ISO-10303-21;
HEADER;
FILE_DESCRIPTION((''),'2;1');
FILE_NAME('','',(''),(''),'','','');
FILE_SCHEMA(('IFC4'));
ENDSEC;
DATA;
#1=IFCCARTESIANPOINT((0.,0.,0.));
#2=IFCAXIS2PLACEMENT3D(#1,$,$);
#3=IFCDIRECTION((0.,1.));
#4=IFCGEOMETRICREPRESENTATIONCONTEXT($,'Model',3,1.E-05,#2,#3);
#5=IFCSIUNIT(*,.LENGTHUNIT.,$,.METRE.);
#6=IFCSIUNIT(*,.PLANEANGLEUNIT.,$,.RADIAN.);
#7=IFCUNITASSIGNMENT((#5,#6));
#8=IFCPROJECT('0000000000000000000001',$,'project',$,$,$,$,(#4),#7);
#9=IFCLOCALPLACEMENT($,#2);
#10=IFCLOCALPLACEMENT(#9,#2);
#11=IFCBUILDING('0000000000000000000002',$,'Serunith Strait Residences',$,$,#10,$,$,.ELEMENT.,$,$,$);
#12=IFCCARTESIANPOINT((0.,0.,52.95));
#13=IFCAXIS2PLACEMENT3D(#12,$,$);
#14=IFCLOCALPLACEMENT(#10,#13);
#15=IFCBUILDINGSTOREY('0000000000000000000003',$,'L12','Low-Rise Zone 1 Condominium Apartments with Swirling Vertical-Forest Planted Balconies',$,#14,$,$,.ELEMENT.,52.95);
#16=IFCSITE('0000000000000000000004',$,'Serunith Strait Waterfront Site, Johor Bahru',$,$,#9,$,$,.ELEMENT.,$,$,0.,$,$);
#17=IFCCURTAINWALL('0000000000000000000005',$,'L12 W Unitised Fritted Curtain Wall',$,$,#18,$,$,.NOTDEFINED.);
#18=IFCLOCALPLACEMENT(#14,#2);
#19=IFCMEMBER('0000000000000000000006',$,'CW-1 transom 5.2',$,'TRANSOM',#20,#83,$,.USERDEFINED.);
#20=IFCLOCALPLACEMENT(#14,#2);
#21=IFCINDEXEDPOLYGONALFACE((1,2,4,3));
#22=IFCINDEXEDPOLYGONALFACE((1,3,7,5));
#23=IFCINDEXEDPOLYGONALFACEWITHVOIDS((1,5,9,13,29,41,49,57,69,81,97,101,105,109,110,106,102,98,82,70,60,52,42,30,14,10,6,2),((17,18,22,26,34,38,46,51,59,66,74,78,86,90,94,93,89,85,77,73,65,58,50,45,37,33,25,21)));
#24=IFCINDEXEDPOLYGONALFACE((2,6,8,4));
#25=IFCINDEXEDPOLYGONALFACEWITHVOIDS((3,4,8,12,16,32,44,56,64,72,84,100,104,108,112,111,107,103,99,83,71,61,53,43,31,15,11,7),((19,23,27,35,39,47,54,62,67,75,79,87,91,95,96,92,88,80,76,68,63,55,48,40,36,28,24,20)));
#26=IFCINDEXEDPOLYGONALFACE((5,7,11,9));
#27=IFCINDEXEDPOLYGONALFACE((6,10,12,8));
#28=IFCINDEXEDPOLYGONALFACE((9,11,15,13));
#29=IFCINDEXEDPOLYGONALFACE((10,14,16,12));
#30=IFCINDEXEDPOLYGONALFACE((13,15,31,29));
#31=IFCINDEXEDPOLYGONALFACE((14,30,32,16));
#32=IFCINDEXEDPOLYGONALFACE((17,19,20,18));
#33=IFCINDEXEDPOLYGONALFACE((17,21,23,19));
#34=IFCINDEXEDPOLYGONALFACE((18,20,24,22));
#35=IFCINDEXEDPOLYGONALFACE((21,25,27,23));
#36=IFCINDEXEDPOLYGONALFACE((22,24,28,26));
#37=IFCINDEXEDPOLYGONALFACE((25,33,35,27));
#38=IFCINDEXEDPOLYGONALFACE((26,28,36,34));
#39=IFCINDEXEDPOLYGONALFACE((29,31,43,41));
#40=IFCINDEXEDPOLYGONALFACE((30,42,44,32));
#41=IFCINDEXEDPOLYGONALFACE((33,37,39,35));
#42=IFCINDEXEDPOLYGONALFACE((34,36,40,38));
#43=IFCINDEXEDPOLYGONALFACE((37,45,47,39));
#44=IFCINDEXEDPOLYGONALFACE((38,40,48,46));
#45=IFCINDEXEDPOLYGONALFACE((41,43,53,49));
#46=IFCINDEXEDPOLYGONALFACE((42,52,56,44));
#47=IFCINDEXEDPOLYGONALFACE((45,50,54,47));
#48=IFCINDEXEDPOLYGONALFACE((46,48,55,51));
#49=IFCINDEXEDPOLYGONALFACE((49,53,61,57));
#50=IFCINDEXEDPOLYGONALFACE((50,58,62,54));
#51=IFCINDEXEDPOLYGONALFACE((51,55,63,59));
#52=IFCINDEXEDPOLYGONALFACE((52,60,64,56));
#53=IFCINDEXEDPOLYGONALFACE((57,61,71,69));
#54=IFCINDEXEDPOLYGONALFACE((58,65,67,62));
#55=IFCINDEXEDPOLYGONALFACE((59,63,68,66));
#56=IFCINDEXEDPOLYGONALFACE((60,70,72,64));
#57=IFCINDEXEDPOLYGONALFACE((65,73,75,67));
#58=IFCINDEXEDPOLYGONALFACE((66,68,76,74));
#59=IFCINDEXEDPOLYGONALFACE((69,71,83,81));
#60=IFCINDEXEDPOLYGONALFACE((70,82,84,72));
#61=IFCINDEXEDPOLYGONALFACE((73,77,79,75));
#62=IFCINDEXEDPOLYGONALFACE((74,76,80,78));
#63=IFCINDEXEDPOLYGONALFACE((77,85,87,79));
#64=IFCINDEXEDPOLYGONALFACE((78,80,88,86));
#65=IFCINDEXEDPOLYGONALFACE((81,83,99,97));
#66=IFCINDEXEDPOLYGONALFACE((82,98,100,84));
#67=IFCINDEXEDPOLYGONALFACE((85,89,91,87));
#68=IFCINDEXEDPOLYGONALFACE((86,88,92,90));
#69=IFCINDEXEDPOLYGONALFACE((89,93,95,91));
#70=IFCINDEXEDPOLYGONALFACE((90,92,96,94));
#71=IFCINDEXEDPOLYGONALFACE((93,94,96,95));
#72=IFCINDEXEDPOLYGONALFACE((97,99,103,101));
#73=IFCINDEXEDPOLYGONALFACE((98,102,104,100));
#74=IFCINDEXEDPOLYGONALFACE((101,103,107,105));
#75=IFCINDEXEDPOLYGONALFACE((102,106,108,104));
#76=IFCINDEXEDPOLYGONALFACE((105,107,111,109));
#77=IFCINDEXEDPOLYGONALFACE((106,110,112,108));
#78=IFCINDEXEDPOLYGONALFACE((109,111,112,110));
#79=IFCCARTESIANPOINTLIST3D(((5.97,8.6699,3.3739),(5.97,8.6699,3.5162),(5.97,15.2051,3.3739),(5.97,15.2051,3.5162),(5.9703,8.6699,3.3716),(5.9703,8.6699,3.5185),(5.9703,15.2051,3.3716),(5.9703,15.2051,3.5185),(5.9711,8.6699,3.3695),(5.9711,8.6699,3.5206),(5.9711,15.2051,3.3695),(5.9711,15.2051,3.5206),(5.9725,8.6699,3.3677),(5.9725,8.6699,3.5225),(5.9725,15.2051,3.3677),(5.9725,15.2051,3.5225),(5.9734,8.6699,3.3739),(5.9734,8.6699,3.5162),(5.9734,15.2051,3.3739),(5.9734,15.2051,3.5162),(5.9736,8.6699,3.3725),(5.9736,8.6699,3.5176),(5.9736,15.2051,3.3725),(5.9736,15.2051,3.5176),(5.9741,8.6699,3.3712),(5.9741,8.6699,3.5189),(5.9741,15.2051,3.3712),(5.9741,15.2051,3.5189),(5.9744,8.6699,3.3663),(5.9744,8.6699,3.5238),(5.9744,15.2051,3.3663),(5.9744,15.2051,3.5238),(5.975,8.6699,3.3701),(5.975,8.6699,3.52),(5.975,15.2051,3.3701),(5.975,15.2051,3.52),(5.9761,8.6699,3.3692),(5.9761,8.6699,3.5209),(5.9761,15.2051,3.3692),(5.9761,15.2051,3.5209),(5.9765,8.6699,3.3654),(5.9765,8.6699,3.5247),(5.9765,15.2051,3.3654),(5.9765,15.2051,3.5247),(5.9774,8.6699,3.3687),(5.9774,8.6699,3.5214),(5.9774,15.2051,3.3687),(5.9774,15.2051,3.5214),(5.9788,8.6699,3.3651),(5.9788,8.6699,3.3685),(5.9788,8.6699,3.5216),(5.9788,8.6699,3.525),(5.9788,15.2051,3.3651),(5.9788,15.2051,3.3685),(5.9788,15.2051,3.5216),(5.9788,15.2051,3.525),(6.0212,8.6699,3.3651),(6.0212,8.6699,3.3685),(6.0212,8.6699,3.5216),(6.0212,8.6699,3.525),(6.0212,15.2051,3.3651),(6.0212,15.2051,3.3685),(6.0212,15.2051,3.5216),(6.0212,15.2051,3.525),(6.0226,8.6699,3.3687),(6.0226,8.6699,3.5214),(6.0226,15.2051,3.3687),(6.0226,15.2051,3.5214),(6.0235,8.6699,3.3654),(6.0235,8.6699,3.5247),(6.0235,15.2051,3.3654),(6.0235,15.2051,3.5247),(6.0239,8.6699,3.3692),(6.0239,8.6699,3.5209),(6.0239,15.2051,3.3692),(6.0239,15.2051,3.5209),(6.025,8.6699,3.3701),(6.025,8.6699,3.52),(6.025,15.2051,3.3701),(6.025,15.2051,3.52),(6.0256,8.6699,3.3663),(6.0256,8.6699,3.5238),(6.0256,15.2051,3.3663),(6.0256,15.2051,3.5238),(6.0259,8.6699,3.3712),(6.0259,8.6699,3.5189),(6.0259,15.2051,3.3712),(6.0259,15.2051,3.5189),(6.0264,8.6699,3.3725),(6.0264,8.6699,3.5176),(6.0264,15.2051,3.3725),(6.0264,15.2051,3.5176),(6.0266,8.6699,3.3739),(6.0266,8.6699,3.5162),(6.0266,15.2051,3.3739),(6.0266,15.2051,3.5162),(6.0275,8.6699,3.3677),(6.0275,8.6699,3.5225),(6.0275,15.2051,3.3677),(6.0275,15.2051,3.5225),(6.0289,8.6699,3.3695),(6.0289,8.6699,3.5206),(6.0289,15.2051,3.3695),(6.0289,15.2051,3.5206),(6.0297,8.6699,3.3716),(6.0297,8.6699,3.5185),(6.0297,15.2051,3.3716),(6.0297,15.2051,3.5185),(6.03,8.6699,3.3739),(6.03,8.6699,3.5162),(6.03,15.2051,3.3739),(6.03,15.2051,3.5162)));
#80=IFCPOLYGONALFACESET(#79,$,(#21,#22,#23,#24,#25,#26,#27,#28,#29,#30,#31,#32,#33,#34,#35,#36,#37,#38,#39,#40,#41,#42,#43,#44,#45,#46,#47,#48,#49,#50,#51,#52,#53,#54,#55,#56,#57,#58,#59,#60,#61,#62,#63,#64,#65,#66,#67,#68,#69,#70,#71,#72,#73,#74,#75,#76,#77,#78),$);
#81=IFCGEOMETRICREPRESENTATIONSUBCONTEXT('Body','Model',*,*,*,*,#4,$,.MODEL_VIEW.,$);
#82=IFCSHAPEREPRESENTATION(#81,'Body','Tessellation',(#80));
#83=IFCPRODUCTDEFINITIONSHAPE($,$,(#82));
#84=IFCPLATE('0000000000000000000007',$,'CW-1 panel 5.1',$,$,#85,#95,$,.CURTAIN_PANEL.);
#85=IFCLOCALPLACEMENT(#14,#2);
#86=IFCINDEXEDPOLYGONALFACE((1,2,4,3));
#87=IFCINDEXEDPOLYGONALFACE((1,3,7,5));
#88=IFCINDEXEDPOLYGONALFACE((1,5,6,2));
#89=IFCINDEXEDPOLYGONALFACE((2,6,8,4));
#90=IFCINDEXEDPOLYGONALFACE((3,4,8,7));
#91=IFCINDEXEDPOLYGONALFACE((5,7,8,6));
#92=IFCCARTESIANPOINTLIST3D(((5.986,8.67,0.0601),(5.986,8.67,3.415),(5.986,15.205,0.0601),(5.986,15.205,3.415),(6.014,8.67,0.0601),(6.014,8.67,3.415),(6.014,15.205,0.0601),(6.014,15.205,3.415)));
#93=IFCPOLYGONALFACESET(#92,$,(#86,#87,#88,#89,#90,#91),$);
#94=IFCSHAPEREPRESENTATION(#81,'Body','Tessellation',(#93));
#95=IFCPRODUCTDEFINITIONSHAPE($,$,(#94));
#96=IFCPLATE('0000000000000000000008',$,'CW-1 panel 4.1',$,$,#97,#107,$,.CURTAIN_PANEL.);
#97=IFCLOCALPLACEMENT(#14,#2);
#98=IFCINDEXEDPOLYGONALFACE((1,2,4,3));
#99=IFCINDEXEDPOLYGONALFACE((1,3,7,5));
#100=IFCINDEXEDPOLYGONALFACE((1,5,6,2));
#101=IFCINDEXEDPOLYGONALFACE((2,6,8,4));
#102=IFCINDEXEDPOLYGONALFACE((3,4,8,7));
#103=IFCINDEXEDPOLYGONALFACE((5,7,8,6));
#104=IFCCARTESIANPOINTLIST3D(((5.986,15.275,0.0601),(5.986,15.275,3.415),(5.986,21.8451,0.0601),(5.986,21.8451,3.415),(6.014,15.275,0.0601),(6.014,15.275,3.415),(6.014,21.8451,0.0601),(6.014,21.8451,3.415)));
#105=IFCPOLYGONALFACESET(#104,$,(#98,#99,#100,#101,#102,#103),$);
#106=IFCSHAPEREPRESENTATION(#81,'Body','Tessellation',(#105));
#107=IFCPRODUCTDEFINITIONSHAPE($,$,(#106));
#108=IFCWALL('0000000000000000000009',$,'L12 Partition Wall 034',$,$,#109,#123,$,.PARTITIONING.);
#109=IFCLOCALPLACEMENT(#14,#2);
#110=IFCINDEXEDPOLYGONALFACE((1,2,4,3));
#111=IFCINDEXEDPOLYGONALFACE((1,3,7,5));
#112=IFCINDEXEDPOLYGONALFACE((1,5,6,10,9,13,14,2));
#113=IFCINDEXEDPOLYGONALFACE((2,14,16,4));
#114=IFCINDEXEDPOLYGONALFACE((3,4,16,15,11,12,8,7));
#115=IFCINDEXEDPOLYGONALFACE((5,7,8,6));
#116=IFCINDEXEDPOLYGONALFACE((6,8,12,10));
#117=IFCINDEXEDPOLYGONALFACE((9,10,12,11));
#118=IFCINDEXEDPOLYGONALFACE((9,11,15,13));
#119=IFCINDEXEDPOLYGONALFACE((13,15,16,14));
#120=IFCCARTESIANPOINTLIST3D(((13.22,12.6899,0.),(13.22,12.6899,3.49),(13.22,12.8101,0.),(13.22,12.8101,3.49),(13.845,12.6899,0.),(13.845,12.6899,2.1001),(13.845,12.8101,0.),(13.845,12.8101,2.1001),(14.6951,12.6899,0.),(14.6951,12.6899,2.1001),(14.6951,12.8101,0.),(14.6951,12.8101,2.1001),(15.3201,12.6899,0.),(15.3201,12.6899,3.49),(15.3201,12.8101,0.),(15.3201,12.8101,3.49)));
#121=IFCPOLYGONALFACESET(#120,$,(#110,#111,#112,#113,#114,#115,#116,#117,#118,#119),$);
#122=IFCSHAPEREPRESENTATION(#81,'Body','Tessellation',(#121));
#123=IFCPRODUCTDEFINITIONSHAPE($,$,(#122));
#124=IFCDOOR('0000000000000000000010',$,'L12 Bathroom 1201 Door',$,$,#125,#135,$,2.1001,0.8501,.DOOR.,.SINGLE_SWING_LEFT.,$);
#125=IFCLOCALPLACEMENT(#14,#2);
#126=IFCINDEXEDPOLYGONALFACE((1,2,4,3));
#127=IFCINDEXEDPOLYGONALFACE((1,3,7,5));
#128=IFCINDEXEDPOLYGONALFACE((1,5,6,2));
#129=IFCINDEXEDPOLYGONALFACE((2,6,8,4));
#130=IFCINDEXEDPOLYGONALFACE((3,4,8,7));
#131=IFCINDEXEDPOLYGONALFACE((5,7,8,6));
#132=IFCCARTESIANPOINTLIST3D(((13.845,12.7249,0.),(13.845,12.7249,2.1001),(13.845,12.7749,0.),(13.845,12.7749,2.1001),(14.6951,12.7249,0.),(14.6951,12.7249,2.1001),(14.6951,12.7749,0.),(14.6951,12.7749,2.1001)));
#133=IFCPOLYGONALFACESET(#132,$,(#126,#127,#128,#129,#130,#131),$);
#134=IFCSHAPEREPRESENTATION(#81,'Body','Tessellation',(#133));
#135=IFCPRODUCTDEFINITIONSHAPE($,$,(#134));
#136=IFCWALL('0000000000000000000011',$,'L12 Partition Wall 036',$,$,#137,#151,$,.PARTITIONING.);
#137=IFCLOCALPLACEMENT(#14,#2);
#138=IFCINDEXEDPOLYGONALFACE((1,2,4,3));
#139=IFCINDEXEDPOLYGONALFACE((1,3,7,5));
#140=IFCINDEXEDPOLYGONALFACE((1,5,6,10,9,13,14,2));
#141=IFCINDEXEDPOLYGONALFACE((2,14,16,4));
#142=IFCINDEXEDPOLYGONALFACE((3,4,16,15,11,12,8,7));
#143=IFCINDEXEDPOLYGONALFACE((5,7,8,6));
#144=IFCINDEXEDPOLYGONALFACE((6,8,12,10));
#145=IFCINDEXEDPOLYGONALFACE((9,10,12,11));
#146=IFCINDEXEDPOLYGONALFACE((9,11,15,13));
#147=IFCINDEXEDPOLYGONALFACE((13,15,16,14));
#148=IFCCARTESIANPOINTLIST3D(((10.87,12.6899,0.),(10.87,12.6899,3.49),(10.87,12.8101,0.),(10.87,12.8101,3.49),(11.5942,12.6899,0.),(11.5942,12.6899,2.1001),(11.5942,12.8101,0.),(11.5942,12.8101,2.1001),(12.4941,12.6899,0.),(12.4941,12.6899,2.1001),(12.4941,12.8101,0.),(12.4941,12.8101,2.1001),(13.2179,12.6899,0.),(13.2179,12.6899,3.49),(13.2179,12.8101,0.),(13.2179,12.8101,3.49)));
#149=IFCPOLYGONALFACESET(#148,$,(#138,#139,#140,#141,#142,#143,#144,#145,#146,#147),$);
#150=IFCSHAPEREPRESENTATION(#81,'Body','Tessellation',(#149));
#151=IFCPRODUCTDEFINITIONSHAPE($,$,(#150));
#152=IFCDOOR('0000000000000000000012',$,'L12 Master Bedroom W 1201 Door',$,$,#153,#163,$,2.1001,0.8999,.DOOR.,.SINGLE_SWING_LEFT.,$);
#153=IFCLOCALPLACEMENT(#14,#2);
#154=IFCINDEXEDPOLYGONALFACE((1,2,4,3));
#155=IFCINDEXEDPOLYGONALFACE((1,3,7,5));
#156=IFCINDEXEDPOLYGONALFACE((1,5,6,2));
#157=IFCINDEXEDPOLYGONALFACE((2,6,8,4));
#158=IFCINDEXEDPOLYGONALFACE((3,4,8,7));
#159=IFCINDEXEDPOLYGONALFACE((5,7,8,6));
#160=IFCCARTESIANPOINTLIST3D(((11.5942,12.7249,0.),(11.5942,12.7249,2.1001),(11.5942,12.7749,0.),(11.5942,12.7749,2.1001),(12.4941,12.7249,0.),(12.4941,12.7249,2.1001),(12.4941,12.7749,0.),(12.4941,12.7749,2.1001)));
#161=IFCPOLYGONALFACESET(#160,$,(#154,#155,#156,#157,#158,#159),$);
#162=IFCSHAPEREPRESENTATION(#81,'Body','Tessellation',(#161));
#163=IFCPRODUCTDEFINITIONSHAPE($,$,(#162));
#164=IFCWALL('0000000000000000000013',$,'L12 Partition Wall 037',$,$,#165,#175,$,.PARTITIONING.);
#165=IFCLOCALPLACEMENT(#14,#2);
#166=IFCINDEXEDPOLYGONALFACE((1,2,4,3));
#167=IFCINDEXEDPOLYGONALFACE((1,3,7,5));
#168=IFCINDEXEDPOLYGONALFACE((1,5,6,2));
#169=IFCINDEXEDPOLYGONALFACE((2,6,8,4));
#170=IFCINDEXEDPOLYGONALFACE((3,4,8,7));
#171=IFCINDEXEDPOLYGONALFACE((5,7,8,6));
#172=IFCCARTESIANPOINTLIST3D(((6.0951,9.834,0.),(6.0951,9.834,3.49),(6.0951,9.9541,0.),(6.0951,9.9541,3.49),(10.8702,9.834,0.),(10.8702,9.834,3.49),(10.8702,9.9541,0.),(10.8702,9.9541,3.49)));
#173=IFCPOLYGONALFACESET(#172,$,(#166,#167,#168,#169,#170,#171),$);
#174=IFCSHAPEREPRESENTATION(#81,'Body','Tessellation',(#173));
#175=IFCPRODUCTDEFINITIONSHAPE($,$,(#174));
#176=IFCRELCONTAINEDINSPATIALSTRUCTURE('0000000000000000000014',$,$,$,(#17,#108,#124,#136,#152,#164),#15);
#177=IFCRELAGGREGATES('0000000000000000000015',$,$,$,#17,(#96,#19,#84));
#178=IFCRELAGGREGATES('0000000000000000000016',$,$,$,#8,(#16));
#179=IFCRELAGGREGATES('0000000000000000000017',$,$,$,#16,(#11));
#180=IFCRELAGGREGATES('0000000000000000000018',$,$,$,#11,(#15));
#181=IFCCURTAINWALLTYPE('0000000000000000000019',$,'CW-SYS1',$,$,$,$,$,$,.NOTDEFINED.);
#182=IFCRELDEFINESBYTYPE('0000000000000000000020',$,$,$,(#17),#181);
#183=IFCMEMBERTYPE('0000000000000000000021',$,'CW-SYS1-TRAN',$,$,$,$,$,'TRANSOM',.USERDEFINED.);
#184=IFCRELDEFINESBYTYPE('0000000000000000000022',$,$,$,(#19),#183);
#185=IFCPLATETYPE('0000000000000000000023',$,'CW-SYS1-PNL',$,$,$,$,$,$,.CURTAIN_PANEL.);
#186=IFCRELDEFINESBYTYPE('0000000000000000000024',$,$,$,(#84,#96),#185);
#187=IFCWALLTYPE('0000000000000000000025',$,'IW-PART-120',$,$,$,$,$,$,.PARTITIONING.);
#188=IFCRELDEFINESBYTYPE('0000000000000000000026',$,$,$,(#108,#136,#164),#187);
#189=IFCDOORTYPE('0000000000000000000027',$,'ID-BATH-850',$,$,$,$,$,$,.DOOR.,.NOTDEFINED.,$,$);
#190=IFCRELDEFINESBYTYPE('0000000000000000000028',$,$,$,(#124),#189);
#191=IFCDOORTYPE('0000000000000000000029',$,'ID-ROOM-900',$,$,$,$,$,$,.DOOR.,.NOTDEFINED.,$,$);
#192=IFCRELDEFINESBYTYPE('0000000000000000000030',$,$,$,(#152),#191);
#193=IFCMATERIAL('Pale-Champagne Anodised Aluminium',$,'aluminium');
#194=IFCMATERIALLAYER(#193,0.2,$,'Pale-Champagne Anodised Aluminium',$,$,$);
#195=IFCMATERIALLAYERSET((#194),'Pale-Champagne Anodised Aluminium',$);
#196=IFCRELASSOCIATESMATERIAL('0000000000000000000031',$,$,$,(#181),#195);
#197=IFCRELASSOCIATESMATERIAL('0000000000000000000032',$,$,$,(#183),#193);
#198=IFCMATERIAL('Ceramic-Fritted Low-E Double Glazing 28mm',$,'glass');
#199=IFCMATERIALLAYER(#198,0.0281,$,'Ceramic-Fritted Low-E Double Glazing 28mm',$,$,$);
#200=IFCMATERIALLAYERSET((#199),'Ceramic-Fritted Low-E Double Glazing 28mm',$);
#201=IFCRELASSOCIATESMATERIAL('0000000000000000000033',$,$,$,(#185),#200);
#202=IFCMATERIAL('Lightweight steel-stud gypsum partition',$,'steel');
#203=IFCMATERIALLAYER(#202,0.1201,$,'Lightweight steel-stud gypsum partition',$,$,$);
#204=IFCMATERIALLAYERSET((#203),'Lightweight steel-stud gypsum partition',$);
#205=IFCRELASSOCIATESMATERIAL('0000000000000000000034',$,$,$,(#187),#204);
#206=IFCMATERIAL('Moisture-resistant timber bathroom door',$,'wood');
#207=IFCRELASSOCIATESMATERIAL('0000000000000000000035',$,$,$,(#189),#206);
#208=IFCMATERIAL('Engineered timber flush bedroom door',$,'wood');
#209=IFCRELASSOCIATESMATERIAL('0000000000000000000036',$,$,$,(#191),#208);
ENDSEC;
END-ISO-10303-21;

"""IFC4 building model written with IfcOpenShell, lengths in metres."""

from ifc_helpers import new_model, si_unit, direction, frame, frame_2d, origin, origin_2d, place, context, subcontext, project, spatial, rectangle, hollow_rectangle, extrude, source, transform, mapped, material, layer, layer_set, material_profile, profile_set, type_object, element, fill, aggregate, save


model = new_model("IFC4")

# Units and contexts
model_context = context("Model", 3, precision=1e-05, world=origin(), true_north=direction((0.0, 1.0)))
body_context = subcontext(model_context, "Body", "Model", "MODEL_VIEW")
ifc_project = project(units=[si_unit("LENGTHUNIT", "METRE"), si_unit("PLANEANGLEUNIT", "RADIAN")], contexts=[model_context])

# Site, building, storey
site_placement = place(None, origin())
site = spatial("IfcSite", under=ifc_project, at=site_placement, Name="Serunith Strait Waterfront Site, Johor Bahru", CompositionType="ELEMENT", RefElevation=0.0)
building_placement = place(site_placement, origin())
building = spatial("IfcBuilding", under=site, at=building_placement, Name="Serunith Strait Residences", CompositionType="ELEMENT")
storey_placement = place(building_placement, frame((0.0, 0.0, 52.95)))
storey = spatial("IfcBuildingStorey", under=building, at=storey_placement, Name="L12", Description="Low-Rise Zone 1 Condominium Apartments with Swirling Vertical-Forest Planted Balconies", CompositionType="ELEMENT", Elevation=52.95)

# Curtain wall, member, plates
ifc_material_1 = material(Name="Pale-Champagne Anodised Aluminium", Category="aluminium")
ifc_layer_1 = layer(ifc_material_1, 0.2, Name="Pale-Champagne Anodised Aluminium")
ifc_layer_set_1 = layer_set([ifc_layer_1], Name="Pale-Champagne Anodised Aluminium")
curtain_wall_type = type_object("IfcCurtainWallType", Name="CW-SYS1", PredefinedType="NOTDEFINED", material=ifc_layer_set_1)
curtain_wall_placement = place(storey_placement, origin())
curtain_wall = element("IfcCurtainWall", 1, at=curtain_wall_placement, inside=storey, type_object=curtain_wall_type, Name="L12 W Unitised Fritted Curtain Wall", PredefinedType="NOTDEFINED")
ifc_material_profile_1 = material_profile(ifc_material_1, hollow_rectangle(XDim=0.0601, YDim=0.1599, WallThickness=0.0034, InnerFilletRadius=0.0054, OuterFilletRadius=0.0088, at=origin_2d()), Name="ALU 160x60x3.5")
ifc_profile_set_1 = profile_set([ifc_material_profile_1], Name="Pale-Champagne Anodised Aluminium")
member_type_1 = type_object("IfcMemberType", Name="CW-SYS1-TRAN", ElementType="TRANSOM", PredefinedType="USERDEFINED", material=ifc_profile_set_1)
shared_shape_1 = source(origin(), body_context, "Body", "SweptSolid", [
    extrude(hollow_rectangle(XDim=0.0601, YDim=0.1599, WallThickness=0.0034, InnerFilletRadius=0.0054, OuterFilletRadius=0.0088, at=origin_2d()), origin(), (0.0, 0.0, 1.0), 6.5352),
])
member_1_placement = place(storey_placement, frame((6.0, 15.2051, 3.4451), z_axis=(0.0, -1.0, 0.0), x_axis=(1.0, 0.0, 0.0)))
member_1 = element("IfcMember", 2, at=member_1_placement, type_object=member_type_1, Name="CW-1 transom 5.2", ObjectType="TRANSOM", PredefinedType="USERDEFINED", context=body_context, shape_type="MappedRepresentation", body=[
    mapped(shared_shape_1, transform((0.0, 0.0, 0.0), scale=1.0)),
])
ifc_material_2 = material(Name="Ceramic-Fritted Low-E Double Glazing 28mm", Category="glass")
ifc_layer_2 = layer(ifc_material_2, 0.0281, Name="Ceramic-Fritted Low-E Double Glazing 28mm")
ifc_layer_set_2 = layer_set([ifc_layer_2], Name="Ceramic-Fritted Low-E Double Glazing 28mm")
plate_type = type_object("IfcPlateType", Name="CW-SYS1-PNL", PredefinedType="CURTAIN_PANEL", material=ifc_layer_set_2)
shared_shape_2 = source(origin(), body_context, "Body", "SweptSolid", [
    extrude(rectangle(XDim=6.5349, YDim=0.0281, at=origin_2d()), origin(), (0.0, 0.0, 1.0), 3.355),
])
plate_1_placement = place(storey_placement, frame((6.0, 11.9375, 0.0601), z_axis=(0.0, 0.0, 1.0), x_axis=(0.0, -1.0, 0.0)))
plate_1 = element("IfcPlate", 3, at=plate_1_placement, type_object=plate_type, Name="CW-1 panel 5.1", PredefinedType="CURTAIN_PANEL", context=body_context, shape_type="MappedRepresentation", body=[
    mapped(shared_shape_2, transform((0.0, 0.0, 0.0), scale=1.0)),
])
shared_shape_3 = source(origin(), body_context, "Body", "SweptSolid", [
    extrude(rectangle(XDim=6.5701, YDim=0.0281, at=origin_2d()), origin(), (0.0, 0.0, 1.0), 3.355),
])
plate_2_placement = place(storey_placement, frame((6.0, 18.5601, 0.0601), z_axis=(0.0, 0.0, 1.0), x_axis=(0.0, -1.0, 0.0)))
plate_2 = element("IfcPlate", 4, at=plate_2_placement, type_object=plate_type, Name="CW-1 panel 4.1", PredefinedType="CURTAIN_PANEL", context=body_context, shape_type="MappedRepresentation", body=[
    mapped(shared_shape_3, transform((0.0, 0.0, 0.0), scale=1.0)),
])
aggregate(curtain_wall, [plate_2, member_1, plate_1])

# Walls, openings, doors
ifc_material_3 = material(Name="Lightweight steel-stud gypsum partition", Category="steel")
ifc_layer_3 = layer(ifc_material_3, 0.1201, Name="Lightweight steel-stud gypsum partition")
ifc_layer_set_3 = layer_set([ifc_layer_3], Name="Lightweight steel-stud gypsum partition")
wall_type_1 = type_object("IfcWallType", Name="IW-PART-120", PredefinedType="PARTITIONING", material=ifc_layer_set_3)
wall_1_placement = place(storey_placement, frame((13.22, 12.75, 0.0), z_axis=(0.0, 0.0, 1.0), x_axis=(1.0, 0.0, 0.0)))
wall_1 = element("IfcWall", 5, at=wall_1_placement, inside=storey, type_object=wall_type_1, Name="L12 Partition Wall 034", PredefinedType="PARTITIONING", context=body_context, shape_type="SweptSolid", body=[
    extrude(rectangle(XDim=2.1001, YDim=0.1201, at=frame_2d((1.05, 0.0))), origin(), (0.0, 0.0, 1.0), 3.49),
])
opening_1_placement = place(wall_1_placement, frame((0.625, 0.0, 0.0)))
opening_1 = element("IfcOpeningElement", 6, at=opening_1_placement, cuts=wall_1, PredefinedType="OPENING", context=body_context, shape_type="SweptSolid", body=[
    extrude(rectangle(XDim=0.8501, YDim=2.1001, at=frame_2d((0.425, 1.05))), frame((0.0, 0.0701, 0.0), z_axis=(0.0, -1.0, 0.0), x_axis=(1.0, 0.0, 0.0)), (0.0, 0.0, 1.0), 0.1401),
])
ifc_material_4 = material(Name="Moisture-resistant timber bathroom door", Category="wood")
door_type_1 = type_object("IfcDoorType", Name="ID-BATH-850", OperationType="NOTDEFINED", PredefinedType="DOOR", material=ifc_material_4)
shared_shape_4 = source(origin(), body_context, "Body", "SweptSolid", [
    extrude(rectangle(XDim=0.8501, YDim=2.1001, at=frame_2d((0.425, 1.05))), frame((0.0, 0.0249, 0.0), z_axis=(0.0, -1.0, 0.0), x_axis=(1.0, 0.0, 0.0)), (0.0, 0.0, 1.0), 0.05),
])
door_1_placement = place(opening_1_placement, origin())
door_1 = element("IfcDoor", 7, at=door_1_placement, inside=storey, type_object=door_type_1, Name="L12 Bathroom 1201 Door", OperationType="SINGLE_SWING_LEFT", OverallHeight=2.1001, OverallWidth=0.8501, PredefinedType="DOOR", context=body_context, shape_type="MappedRepresentation", body=[
    mapped(shared_shape_4, transform((0.0, 0.0, 0.0), scale=1.0)),
])
fill(opening_1, door_1)
wall_2_placement = place(storey_placement, frame((10.8701, 12.75, 0.0), z_axis=(0.0, 0.0, 1.0), x_axis=(1.0, 0.0, 0.0)))
wall_2 = element("IfcWall", 8, at=wall_2_placement, inside=storey, type_object=wall_type_1, Name="L12 Partition Wall 036", PredefinedType="PARTITIONING", context=body_context, shape_type="SweptSolid", body=[
    extrude(rectangle(XDim=2.3479, YDim=0.1201, at=frame_2d((1.1738, 0.0))), origin(), (0.0, 0.0, 1.0), 3.49),
])
opening_2_placement = place(wall_2_placement, frame((0.7241, 0.0, 0.0)))
opening_2 = element("IfcOpeningElement", 9, at=opening_2_placement, cuts=wall_2, PredefinedType="OPENING", context=body_context, shape_type="SweptSolid", body=[
    extrude(rectangle(XDim=0.8999, YDim=2.1001, at=frame_2d((0.45, 1.05))), frame((0.0, 0.0701, 0.0), z_axis=(0.0, -1.0, 0.0), x_axis=(1.0, 0.0, 0.0)), (0.0, 0.0, 1.0), 0.1401),
])
ifc_material_5 = material(Name="Engineered timber flush bedroom door", Category="wood")
door_type_2 = type_object("IfcDoorType", Name="ID-ROOM-900", OperationType="NOTDEFINED", PredefinedType="DOOR", material=ifc_material_5)
shared_shape_5 = source(origin(), body_context, "Body", "SweptSolid", [
    extrude(rectangle(XDim=0.8999, YDim=2.1001, at=frame_2d((0.45, 1.05))), frame((0.0, 0.0249, 0.0), z_axis=(0.0, -1.0, 0.0), x_axis=(1.0, 0.0, 0.0)), (0.0, 0.0, 1.0), 0.05),
])
door_2_placement = place(opening_2_placement, origin())
door_2 = element("IfcDoor", 10, at=door_2_placement, inside=storey, type_object=door_type_2, Name="L12 Master Bedroom W 1201 Door", OperationType="SINGLE_SWING_LEFT", OverallHeight=2.1001, OverallWidth=0.8999, PredefinedType="DOOR", context=body_context, shape_type="MappedRepresentation", body=[
    mapped(shared_shape_5, transform((0.0, 0.0, 0.0), scale=1.0)),
])
fill(opening_2, door_2)

# Wall
wall_3_placement = place(storey_placement, frame((6.095, 9.894, 0.0), z_axis=(0.0, 0.0, 1.0), x_axis=(1.0, 0.0, 0.0)))
element("IfcWall", 11, at=wall_3_placement, inside=storey, type_object=wall_type_1, Name="L12 Partition Wall 037", PredefinedType="PARTITIONING", context=body_context, shape_type="SweptSolid", body=[
    extrude(rectangle(XDim=4.7751, YDim=0.1201, at=frame_2d((2.3877, 0.0))), origin(), (0.0, 0.0, 1.0), 3.49),
])

save(model, "model.ifc")
